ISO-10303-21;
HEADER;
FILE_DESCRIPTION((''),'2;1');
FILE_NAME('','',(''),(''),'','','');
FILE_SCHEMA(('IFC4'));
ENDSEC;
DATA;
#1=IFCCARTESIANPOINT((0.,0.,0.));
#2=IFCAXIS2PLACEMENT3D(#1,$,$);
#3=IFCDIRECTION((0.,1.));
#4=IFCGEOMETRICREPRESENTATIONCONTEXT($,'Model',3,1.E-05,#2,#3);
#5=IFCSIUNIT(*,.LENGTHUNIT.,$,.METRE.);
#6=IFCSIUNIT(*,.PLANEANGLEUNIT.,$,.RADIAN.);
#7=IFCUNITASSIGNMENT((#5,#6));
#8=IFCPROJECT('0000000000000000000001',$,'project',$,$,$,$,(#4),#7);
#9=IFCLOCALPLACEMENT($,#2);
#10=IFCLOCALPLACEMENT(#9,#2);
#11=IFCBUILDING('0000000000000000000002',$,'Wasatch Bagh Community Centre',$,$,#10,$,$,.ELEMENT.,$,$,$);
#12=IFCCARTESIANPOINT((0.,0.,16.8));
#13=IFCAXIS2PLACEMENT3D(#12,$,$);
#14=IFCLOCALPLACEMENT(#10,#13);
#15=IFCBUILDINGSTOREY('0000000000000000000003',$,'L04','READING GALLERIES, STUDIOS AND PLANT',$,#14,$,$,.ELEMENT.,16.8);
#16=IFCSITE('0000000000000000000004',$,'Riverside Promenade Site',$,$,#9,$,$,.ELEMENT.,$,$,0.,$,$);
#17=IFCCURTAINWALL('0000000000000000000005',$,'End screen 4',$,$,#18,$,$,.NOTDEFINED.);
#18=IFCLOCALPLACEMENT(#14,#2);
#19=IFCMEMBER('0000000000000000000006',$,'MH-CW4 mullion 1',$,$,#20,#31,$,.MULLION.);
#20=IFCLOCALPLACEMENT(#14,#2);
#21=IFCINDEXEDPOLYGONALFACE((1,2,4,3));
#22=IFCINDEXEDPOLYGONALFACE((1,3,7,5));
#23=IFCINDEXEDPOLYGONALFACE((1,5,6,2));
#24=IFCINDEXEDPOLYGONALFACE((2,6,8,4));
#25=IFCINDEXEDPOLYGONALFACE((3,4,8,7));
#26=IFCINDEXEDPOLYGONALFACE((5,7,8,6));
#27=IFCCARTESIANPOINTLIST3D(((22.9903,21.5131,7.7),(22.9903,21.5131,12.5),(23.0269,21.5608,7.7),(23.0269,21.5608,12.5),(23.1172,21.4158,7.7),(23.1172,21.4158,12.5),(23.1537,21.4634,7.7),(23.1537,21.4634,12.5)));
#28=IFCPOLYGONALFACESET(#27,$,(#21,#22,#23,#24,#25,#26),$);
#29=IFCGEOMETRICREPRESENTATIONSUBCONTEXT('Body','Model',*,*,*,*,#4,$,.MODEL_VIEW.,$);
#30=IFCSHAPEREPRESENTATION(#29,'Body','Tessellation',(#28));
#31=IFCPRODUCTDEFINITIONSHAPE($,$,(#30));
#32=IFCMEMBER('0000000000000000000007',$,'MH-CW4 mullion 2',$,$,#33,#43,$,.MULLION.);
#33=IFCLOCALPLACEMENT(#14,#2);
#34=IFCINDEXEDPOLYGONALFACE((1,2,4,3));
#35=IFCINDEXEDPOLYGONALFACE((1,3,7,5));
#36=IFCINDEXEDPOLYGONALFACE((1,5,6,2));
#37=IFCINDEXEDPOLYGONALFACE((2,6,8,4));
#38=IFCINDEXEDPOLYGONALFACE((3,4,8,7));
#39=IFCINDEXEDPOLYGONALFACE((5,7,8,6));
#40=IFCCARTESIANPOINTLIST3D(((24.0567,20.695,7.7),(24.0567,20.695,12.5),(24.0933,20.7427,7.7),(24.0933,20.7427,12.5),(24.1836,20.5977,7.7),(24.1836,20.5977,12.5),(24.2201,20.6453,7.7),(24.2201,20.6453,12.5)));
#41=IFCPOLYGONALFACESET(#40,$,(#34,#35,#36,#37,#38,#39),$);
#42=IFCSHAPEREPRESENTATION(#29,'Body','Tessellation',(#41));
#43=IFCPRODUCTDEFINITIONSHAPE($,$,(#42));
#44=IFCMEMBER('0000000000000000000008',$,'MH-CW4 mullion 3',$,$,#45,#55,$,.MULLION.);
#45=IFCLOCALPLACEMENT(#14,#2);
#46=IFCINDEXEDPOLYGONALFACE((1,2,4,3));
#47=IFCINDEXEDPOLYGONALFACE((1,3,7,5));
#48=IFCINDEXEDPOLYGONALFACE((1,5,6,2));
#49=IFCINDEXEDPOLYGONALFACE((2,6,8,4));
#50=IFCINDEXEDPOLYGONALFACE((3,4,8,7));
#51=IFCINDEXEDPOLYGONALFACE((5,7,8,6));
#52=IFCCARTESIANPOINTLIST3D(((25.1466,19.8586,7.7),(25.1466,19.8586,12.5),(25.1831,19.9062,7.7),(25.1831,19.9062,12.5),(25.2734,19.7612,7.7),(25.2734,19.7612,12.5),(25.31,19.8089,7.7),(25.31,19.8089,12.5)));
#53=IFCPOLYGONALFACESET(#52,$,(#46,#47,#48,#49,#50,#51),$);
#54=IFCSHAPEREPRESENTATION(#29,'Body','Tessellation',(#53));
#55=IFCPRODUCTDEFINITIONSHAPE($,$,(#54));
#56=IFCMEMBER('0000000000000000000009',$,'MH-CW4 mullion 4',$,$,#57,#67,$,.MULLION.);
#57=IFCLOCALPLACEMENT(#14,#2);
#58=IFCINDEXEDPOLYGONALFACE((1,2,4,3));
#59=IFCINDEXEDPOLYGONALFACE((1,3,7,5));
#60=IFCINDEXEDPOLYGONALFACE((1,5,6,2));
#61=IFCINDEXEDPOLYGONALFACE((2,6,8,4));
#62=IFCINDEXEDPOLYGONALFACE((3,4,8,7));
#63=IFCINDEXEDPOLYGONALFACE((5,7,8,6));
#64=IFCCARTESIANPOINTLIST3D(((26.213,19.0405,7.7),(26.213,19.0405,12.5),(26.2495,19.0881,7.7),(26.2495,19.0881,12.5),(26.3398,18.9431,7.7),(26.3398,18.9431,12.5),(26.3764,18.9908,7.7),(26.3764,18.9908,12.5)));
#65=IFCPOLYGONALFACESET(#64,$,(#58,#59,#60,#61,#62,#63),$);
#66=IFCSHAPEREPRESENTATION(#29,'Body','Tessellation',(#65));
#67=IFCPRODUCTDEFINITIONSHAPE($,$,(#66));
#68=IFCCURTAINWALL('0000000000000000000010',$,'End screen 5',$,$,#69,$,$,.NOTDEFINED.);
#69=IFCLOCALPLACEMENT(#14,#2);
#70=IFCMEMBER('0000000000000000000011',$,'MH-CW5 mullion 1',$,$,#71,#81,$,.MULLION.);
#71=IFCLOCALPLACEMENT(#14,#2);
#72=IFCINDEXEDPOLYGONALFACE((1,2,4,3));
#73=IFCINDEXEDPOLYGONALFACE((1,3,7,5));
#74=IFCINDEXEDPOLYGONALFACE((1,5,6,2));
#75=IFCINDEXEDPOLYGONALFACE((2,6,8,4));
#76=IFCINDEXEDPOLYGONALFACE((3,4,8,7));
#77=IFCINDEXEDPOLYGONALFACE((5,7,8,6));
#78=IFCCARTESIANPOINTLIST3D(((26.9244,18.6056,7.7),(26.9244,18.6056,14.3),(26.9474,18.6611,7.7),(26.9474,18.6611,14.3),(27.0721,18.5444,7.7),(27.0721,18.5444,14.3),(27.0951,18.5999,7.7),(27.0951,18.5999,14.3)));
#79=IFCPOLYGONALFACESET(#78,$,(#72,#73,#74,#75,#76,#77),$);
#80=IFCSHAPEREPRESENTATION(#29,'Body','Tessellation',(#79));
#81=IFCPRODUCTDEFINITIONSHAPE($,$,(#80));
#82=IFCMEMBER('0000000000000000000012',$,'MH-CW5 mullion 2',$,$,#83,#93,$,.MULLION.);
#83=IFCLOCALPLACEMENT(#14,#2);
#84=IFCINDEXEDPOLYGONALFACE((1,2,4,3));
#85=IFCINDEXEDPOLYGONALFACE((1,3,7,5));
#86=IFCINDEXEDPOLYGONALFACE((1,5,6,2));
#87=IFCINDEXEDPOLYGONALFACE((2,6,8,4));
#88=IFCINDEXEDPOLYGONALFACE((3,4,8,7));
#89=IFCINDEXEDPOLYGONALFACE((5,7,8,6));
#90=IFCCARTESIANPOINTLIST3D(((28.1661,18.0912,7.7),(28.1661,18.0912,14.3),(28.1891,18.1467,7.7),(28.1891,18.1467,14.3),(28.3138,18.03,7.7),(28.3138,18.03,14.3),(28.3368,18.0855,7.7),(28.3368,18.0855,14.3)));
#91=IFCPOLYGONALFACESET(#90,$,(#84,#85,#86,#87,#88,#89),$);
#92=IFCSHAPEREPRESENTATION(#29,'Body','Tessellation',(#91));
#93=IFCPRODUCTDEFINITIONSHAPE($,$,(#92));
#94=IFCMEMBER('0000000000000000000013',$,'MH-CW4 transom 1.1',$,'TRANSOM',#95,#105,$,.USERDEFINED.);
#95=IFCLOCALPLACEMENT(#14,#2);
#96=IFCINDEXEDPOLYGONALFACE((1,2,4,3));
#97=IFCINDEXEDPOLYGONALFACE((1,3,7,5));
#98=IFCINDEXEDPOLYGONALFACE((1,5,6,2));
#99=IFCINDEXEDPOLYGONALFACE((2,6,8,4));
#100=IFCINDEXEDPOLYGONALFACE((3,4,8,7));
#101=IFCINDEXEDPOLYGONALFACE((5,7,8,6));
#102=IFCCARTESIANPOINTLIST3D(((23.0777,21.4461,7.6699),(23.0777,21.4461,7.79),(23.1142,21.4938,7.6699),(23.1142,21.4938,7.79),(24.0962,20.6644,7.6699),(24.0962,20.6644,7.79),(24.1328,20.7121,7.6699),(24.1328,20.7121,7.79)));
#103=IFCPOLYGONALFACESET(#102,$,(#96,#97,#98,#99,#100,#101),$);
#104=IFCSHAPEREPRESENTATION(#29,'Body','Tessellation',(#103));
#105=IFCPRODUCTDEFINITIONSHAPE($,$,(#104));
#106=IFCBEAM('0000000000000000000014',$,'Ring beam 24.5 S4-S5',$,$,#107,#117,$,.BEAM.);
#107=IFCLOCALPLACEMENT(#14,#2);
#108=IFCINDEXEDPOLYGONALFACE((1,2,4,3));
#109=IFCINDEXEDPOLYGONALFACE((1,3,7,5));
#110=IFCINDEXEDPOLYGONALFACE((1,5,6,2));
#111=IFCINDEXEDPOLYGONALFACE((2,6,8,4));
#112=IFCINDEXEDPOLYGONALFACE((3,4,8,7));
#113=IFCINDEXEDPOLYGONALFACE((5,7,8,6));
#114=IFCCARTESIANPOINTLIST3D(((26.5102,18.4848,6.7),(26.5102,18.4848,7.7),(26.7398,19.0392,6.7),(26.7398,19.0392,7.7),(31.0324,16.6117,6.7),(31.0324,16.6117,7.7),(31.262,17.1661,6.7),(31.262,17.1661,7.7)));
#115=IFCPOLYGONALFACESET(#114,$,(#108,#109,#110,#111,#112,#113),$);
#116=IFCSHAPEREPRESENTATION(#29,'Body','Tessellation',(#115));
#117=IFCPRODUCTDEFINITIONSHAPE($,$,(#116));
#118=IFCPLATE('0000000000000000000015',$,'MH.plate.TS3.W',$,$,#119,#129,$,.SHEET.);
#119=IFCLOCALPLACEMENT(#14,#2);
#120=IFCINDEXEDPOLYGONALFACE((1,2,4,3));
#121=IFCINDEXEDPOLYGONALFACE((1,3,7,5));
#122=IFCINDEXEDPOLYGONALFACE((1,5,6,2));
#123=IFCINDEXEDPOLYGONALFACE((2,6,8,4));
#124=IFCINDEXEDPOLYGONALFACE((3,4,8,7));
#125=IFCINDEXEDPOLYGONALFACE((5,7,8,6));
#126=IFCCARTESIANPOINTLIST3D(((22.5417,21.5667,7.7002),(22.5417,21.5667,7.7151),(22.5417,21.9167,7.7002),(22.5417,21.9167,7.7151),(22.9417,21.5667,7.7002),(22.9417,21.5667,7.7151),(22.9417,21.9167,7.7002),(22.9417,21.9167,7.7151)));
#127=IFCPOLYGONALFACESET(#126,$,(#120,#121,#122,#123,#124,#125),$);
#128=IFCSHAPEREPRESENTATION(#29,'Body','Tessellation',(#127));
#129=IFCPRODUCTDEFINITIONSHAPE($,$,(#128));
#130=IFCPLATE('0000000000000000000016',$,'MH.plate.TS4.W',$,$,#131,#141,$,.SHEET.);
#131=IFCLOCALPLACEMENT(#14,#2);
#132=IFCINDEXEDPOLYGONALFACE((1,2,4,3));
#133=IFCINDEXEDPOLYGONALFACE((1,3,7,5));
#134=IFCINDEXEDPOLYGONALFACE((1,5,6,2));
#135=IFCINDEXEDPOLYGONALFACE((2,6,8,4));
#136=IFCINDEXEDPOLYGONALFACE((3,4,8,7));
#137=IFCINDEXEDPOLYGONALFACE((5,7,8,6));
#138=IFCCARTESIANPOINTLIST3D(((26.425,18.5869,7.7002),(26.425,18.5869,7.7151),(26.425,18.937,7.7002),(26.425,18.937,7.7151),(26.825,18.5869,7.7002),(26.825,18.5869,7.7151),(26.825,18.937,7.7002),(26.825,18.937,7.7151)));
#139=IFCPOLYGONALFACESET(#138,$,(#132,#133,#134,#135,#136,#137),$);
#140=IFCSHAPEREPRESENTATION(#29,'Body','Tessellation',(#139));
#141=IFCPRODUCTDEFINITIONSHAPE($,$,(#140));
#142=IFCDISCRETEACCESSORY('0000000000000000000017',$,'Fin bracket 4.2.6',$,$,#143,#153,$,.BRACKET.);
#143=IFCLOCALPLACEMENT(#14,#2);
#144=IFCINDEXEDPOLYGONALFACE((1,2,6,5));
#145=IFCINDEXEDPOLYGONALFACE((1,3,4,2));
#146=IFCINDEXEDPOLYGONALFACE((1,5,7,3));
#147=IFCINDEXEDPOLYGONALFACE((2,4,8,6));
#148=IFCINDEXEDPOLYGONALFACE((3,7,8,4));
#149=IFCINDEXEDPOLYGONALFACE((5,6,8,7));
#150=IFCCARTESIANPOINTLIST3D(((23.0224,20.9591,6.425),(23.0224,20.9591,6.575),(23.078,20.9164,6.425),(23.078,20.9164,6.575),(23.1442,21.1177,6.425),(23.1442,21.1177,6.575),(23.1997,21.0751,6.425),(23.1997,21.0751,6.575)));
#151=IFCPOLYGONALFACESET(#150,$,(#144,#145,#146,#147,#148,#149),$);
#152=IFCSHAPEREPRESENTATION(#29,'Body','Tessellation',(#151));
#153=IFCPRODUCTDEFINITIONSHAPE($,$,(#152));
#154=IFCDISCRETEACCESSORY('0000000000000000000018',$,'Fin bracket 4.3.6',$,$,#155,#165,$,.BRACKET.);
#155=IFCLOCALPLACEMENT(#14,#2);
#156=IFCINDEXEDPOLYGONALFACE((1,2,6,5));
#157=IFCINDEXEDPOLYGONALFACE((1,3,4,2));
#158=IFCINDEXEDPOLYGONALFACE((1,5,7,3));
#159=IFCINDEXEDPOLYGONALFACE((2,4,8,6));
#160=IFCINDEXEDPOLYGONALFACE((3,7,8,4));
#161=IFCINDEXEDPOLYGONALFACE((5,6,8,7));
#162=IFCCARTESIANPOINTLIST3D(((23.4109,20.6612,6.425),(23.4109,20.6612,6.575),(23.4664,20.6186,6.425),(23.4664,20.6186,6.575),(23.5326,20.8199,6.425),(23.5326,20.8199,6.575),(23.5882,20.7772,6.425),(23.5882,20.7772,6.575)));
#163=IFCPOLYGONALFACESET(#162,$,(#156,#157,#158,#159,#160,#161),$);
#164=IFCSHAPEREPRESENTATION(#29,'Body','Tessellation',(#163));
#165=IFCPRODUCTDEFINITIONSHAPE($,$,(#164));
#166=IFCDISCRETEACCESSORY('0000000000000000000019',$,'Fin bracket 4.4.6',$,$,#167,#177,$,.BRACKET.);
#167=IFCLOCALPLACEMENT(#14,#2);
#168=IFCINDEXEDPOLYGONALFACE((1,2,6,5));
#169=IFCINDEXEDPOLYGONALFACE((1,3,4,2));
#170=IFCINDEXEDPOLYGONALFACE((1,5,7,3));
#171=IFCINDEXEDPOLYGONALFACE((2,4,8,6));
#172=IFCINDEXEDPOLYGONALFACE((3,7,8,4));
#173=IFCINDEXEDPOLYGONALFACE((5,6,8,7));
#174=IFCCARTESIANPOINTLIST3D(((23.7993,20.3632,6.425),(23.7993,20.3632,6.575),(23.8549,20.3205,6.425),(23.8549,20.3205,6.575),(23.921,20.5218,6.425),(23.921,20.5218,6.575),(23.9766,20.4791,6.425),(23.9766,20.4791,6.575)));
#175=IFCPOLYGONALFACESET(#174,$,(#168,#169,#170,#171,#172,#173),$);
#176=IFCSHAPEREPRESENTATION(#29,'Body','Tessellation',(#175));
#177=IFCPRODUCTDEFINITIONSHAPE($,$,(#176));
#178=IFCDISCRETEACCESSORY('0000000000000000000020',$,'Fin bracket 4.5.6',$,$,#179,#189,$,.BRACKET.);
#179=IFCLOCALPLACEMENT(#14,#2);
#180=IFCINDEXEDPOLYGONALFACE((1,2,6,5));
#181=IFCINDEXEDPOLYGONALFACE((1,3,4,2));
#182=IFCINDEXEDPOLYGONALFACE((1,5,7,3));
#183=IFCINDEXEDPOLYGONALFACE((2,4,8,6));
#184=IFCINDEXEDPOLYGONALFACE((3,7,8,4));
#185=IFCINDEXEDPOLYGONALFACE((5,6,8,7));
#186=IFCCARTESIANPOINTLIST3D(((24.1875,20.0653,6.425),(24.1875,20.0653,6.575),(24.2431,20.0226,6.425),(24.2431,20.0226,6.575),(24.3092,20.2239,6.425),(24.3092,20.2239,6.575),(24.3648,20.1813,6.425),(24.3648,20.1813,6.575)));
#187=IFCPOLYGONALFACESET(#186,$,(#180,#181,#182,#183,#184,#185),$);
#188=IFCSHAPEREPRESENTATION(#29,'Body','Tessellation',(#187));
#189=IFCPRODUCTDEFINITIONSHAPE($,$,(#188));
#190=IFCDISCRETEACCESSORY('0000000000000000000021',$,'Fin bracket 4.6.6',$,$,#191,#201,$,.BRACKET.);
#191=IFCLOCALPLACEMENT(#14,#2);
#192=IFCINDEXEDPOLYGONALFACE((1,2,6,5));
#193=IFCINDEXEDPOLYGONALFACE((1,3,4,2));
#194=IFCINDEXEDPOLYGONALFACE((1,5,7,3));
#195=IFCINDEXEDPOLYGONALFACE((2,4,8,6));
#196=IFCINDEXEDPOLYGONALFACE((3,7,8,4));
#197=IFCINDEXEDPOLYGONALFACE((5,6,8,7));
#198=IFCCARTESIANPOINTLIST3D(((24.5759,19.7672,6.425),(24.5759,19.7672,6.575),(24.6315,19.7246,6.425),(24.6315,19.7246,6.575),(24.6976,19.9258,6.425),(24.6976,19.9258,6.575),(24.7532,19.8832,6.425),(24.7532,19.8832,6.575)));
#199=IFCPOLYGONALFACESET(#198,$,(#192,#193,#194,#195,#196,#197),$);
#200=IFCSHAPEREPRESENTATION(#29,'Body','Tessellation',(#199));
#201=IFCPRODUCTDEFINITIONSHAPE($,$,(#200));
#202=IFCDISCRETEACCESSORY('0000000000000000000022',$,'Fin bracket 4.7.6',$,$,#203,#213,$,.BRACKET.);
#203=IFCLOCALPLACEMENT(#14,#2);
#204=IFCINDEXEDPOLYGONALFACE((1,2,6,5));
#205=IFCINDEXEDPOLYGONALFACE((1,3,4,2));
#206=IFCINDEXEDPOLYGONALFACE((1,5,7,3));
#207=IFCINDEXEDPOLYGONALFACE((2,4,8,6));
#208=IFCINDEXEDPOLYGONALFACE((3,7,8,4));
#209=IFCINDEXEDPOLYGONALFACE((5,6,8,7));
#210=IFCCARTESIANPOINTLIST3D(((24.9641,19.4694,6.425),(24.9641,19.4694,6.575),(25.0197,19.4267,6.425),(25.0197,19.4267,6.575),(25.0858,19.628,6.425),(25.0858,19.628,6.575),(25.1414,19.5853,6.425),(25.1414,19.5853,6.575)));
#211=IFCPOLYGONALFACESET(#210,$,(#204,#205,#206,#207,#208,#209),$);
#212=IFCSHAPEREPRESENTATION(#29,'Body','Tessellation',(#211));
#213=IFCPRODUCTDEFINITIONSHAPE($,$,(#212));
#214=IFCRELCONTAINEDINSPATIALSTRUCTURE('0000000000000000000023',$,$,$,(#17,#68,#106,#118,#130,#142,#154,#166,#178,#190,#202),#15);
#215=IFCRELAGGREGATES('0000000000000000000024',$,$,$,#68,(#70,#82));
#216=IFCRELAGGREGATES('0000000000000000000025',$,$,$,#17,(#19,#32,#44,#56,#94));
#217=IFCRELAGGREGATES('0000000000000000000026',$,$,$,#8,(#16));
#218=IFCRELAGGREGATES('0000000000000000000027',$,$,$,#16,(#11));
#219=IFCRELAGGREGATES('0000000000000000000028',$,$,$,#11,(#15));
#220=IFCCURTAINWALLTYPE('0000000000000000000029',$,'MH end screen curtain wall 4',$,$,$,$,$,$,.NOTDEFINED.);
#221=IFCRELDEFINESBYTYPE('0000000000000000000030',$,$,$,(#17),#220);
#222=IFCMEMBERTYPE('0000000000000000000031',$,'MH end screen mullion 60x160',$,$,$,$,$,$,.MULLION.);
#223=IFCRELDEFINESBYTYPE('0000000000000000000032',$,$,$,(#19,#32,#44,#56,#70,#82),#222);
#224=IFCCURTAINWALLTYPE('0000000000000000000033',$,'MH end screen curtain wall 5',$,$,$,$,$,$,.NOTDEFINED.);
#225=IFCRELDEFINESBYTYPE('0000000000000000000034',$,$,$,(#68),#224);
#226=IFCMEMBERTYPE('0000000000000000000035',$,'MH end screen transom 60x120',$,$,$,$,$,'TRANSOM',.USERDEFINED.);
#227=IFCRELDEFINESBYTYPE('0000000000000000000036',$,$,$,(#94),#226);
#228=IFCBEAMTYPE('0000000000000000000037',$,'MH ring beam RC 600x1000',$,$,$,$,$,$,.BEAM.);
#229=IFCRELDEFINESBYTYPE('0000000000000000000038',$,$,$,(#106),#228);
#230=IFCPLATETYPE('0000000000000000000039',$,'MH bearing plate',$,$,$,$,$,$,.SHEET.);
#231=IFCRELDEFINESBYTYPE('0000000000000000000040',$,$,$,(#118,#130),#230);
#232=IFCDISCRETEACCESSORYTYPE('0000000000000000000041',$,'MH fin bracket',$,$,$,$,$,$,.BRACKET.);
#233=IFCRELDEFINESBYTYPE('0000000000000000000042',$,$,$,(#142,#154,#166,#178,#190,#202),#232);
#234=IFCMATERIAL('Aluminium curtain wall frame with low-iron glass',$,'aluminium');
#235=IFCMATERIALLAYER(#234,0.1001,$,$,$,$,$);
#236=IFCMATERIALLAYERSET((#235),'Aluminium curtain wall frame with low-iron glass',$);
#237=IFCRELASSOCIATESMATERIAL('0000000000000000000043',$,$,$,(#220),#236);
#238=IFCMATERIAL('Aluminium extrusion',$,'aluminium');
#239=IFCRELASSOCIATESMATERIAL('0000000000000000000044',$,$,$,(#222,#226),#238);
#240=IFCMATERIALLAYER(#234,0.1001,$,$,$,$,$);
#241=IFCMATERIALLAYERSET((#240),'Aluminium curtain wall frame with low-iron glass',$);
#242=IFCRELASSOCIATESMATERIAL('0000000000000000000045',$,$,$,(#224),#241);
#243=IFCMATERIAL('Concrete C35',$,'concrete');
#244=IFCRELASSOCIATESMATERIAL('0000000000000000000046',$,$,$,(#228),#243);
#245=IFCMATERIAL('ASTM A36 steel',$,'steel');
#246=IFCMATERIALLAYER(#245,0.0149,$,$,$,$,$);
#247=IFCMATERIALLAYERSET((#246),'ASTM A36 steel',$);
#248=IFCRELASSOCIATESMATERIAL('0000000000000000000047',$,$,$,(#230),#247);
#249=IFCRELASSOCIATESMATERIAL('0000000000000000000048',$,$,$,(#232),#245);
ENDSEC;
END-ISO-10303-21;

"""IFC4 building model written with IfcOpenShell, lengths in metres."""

from ifc_helpers import new_model, si_unit, direction, frame, origin, origin_2d, place, context, subcontext, project, spatial, rectangle, extrude, material, layer, layer_set, material_profile, profile_set, type_object, element, aggregate, save


model = new_model("IFC4")

# Units and contexts
model_context = context("Model", 3, precision=1e-05, world=origin(), true_north=direction((0.0, 1.0)))
body_context = subcontext(model_context, "Body", "Model", "MODEL_VIEW")
ifc_project = project(units=[si_unit("LENGTHUNIT", "METRE"), si_unit("PLANEANGLEUNIT", "RADIAN")], contexts=[model_context])

# Site, building, storey
site_placement = place(None, origin())
site = spatial("IfcSite", under=ifc_project, at=site_placement, Name="Riverside Promenade Site", CompositionType="ELEMENT", RefElevation=0.0)
building_placement = place(site_placement, origin())
building = spatial("IfcBuilding", under=site, at=building_placement, Name="Wasatch Bagh Community Centre", CompositionType="ELEMENT")
storey_placement = place(building_placement, frame((0.0, 0.0, 16.8)))
storey = spatial("IfcBuildingStorey", under=building, at=storey_placement, Name="L04", Description="READING GALLERIES, STUDIOS AND PLANT", CompositionType="ELEMENT", Elevation=16.8)

# Curtain walls, members
ifc_material_1 = material(Name="Aluminium curtain wall frame with low-iron glass", Category="aluminium")
ifc_layer_1 = layer(ifc_material_1, 0.1001)
ifc_layer_set_1 = layer_set([ifc_layer_1], Name="Aluminium curtain wall frame with low-iron glass")
curtain_wall_type_1 = type_object("IfcCurtainWallType", Name="MH end screen curtain wall 4", PredefinedType="NOTDEFINED", material=ifc_layer_set_1)
curtain_wall_1_placement = place(storey_placement, origin())
curtain_wall_1 = element("IfcCurtainWall", 1, at=curtain_wall_1_placement, inside=storey, type_object=curtain_wall_type_1, Name="End screen 4", PredefinedType="NOTDEFINED")
ifc_material_2 = material(Name="Aluminium extrusion", Category="aluminium")
ifc_material_profile_1 = material_profile(ifc_material_2, rectangle(XDim=0.0601, YDim=0.1599, at=origin_2d()), Name="AL 60x160")
ifc_profile_set_1 = profile_set([ifc_material_profile_1], Name="Aluminium extrusion")
member_type_1 = type_object("IfcMemberType", Name="MH end screen mullion 60x160", PredefinedType="MULLION", material=ifc_profile_set_1)
member_1_placement = place(storey_placement, frame((23.072, 21.4883, 7.7), z_axis=(0.0, 0.0, 1.0), x_axis=(0.608761, 0.793353, 0.0)))
member_1 = element("IfcMember", 2, at=member_1_placement, type_object=member_type_1, Name="MH-CW4 mullion 1", PredefinedType="MULLION", context=body_context, shape_type="SweptSolid", body=[
    extrude(rectangle(XDim=0.0601, YDim=0.1599, at=origin_2d()), origin(), (0.0, 0.0, 1.0), 4.8),
])
member_2_placement = place(storey_placement, frame((24.1384, 20.6702, 7.7), z_axis=(0.0, 0.0, 1.0), x_axis=(0.608761, 0.793353, 0.0)))
member_2 = element("IfcMember", 3, at=member_2_placement, type_object=member_type_1, Name="MH-CW4 mullion 2", PredefinedType="MULLION", context=body_context, shape_type="SweptSolid", body=[
    extrude(rectangle(XDim=0.0601, YDim=0.1599, at=origin_2d()), origin(), (0.0, 0.0, 1.0), 4.8),
])
member_3_placement = place(storey_placement, frame((25.2283, 19.8337, 7.7), z_axis=(0.0, 0.0, 1.0), x_axis=(0.608761, 0.793353, 0.0)))
member_3 = element("IfcMember", 4, at=member_3_placement, type_object=member_type_1, Name="MH-CW4 mullion 3", PredefinedType="MULLION", context=body_context, shape_type="SweptSolid", body=[
    extrude(rectangle(XDim=0.0601, YDim=0.1599, at=origin_2d()), origin(), (0.0, 0.0, 1.0), 4.8),
])
member_4_placement = place(storey_placement, frame((26.2947, 19.0156, 7.7), z_axis=(0.0, 0.0, 1.0), x_axis=(0.608761, 0.793353, 0.0)))
member_4 = element("IfcMember", 5, at=member_4_placement, type_object=member_type_1, Name="MH-CW4 mullion 4", PredefinedType="MULLION", context=body_context, shape_type="SweptSolid", body=[
    extrude(rectangle(XDim=0.0601, YDim=0.1599, at=origin_2d()), origin(), (0.0, 0.0, 1.0), 4.8),
])
ifc_layer_2 = layer(ifc_material_1, 0.1001)
ifc_layer_set_2 = layer_set([ifc_layer_2], Name="Aluminium curtain wall frame with low-iron glass")
curtain_wall_type_2 = type_object("IfcCurtainWallType", Name="MH end screen curtain wall 5", PredefinedType="NOTDEFINED", material=ifc_layer_set_2)
curtain_wall_2_placement = place(storey_placement, origin())
curtain_wall_2 = element("IfcCurtainWall", 6, at=curtain_wall_2_placement, inside=storey, type_object=curtain_wall_type_2, Name="End screen 5", PredefinedType="NOTDEFINED")
member_5_placement = place(storey_placement, frame((27.0098, 18.6028, 7.7), z_axis=(0.0, 0.0, 1.0), x_axis=(0.382683, 0.92388, 0.0)))
member_5 = element("IfcMember", 7, at=member_5_placement, type_object=member_type_1, Name="MH-CW5 mullion 1", PredefinedType="MULLION", context=body_context, shape_type="SweptSolid", body=[
    extrude(rectangle(XDim=0.0601, YDim=0.1599, at=origin_2d()), origin(), (0.0, 0.0, 1.0), 6.6001),
])
member_6_placement = place(storey_placement, frame((28.2515, 18.0884, 7.7), z_axis=(0.0, 0.0, 1.0), x_axis=(0.382683, 0.92388, 0.0)))
member_6 = element("IfcMember", 8, at=member_6_placement, type_object=member_type_1, Name="MH-CW5 mullion 2", PredefinedType="MULLION", context=body_context, shape_type="SweptSolid", body=[
    extrude(rectangle(XDim=0.0601, YDim=0.1599, at=origin_2d()), origin(), (0.0, 0.0, 1.0), 6.6001),
])
aggregate(curtain_wall_2, [member_5, member_6])

# Member
ifc_material_profile_2 = material_profile(ifc_material_2, rectangle(XDim=0.0601, YDim=0.1201, at=origin_2d()), Name="AL 60x120")
ifc_profile_set_2 = profile_set([ifc_material_profile_2], Name="Aluminium extrusion")
member_type_2 = type_object("IfcMemberType", Name="MH end screen transom 60x120", ElementType="TRANSOM", PredefinedType="USERDEFINED", material=ifc_profile_set_2)
member_7_placement = place(storey_placement, frame((23.0959, 21.47, 7.73), z_axis=(0.793288, -0.608847, 0.0), x_axis=(0.608847, 0.793288, 0.0)))
member_7 = element("IfcMember", 9, at=member_7_placement, type_object=member_type_2, Name="MH-CW4 transom 1.1", ObjectType="TRANSOM", PredefinedType="USERDEFINED", context=body_context, shape_type="SweptSolid", body=[
    extrude(rectangle(XDim=0.0601, YDim=0.1201, at=origin_2d()), origin(), (0.0, 0.0, 1.0), 1.2839),
])
aggregate(curtain_wall_1, [member_1, member_2, member_3, member_4, member_7])

# Beam
ifc_material_3 = material(Name="Concrete C35", Category="concrete")
ifc_material_profile_3 = material_profile(ifc_material_3, rectangle(XDim=0.6001, YDim=1.0, at=origin_2d()), Name="RC 600x1000")
ifc_profile_set_3 = profile_set([ifc_material_profile_3], Name="Concrete C35")
beam_type = type_object("IfcBeamType", Name="MH ring beam RC 600x1000", PredefinedType="BEAM", material=ifc_profile_set_3)
beam_placement = place(storey_placement, frame((26.625, 18.762, 7.2), z_axis=(0.923888, -0.382663, 0.0), x_axis=(0.382663, 0.923888, 0.0)))
element("IfcBeam", 10, at=beam_placement, inside=storey, type_object=beam_type, Name="Ring beam 24.5 S4-S5", PredefinedType="BEAM", context=body_context, shape_type="SweptSolid", body=[
    extrude(rectangle(XDim=0.6001, YDim=1.0, at=origin_2d()), origin(), (0.0, 0.0, 1.0), 4.8948),
])

# Plates
ifc_material_4 = material(Name="ASTM A36 steel", Category="steel")
ifc_layer_3 = layer(ifc_material_4, 0.0149)
ifc_layer_set_3 = layer_set([ifc_layer_3], Name="ASTM A36 steel")
plate_type = type_object("IfcPlateType", Name="MH bearing plate", PredefinedType="SHEET", material=ifc_layer_set_3)
for number, where, z_axis, x_axis, name in (
    (11, (22.7417, 21.7417, 7.7002), (0.0, 0.0, 1.0), (1.0, 0.0, 0.0), "MH.plate.TS3.W"),
    (12, (26.625, 18.762, 7.7002), (0.0, 0.0, 1.0), (1.0, 0.0, 0.0), "MH.plate.TS4.W"),
):
    element("IfcPlate", number, at=place(storey_placement, frame(where, z_axis=z_axis, x_axis=x_axis)), inside=storey, type_object=plate_type, Name=name, PredefinedType="SHEET", context=body_context, shape_type="SweptSolid", body=[
        extrude(rectangle(XDim=0.3999, YDim=0.3501, at=origin_2d()), origin(), (0.0, 0.0, 1.0), 0.0149),
    ])

# Discrete accessories
discrete_accessory_type = type_object("IfcDiscreteAccessoryType", Name="MH fin bracket", PredefinedType="BRACKET", material=ifc_material_4)
for number, where, z_axis, x_axis, name in (
    (13, (23.1111, 21.0171, 6.425), (0.0, 0.0, 1.0), (0.793353, -0.608761, 0.0), "Fin bracket 4.2.6"),
    (14, (23.4995, 20.7192, 6.425), (0.0, 0.0, 1.0), (0.793353, -0.608761, 0.0), "Fin bracket 4.3.6"),
    (15, (23.8879, 20.4211, 6.425), (0.0, 0.0, 1.0), (0.793353, -0.608761, 0.0), "Fin bracket 4.4.6"),
    (16, (24.2761, 20.1233, 6.425), (0.0, 0.0, 1.0), (0.793353, -0.608761, 0.0), "Fin bracket 4.5.6"),
    (17, (24.6646, 19.8252, 6.425), (0.0, 0.0, 1.0), (0.793353, -0.608761, 0.0), "Fin bracket 4.6.6"),
    (18, (25.0527, 19.5273, 6.425), (0.0, 0.0, 1.0), (0.793353, -0.608761, 0.0), "Fin bracket 4.7.6"),
):
    element("IfcDiscreteAccessory", number, at=place(storey_placement, frame(where, z_axis=z_axis, x_axis=x_axis)), inside=storey, type_object=discrete_accessory_type, Name=name, PredefinedType="BRACKET", context=body_context, shape_type="SweptSolid", body=[
        extrude(rectangle(XDim=0.0701, YDim=0.2, at=origin_2d()), origin(), (0.0, 0.0, 1.0), 0.1499),
    ])

save(model, "model.ifc")
